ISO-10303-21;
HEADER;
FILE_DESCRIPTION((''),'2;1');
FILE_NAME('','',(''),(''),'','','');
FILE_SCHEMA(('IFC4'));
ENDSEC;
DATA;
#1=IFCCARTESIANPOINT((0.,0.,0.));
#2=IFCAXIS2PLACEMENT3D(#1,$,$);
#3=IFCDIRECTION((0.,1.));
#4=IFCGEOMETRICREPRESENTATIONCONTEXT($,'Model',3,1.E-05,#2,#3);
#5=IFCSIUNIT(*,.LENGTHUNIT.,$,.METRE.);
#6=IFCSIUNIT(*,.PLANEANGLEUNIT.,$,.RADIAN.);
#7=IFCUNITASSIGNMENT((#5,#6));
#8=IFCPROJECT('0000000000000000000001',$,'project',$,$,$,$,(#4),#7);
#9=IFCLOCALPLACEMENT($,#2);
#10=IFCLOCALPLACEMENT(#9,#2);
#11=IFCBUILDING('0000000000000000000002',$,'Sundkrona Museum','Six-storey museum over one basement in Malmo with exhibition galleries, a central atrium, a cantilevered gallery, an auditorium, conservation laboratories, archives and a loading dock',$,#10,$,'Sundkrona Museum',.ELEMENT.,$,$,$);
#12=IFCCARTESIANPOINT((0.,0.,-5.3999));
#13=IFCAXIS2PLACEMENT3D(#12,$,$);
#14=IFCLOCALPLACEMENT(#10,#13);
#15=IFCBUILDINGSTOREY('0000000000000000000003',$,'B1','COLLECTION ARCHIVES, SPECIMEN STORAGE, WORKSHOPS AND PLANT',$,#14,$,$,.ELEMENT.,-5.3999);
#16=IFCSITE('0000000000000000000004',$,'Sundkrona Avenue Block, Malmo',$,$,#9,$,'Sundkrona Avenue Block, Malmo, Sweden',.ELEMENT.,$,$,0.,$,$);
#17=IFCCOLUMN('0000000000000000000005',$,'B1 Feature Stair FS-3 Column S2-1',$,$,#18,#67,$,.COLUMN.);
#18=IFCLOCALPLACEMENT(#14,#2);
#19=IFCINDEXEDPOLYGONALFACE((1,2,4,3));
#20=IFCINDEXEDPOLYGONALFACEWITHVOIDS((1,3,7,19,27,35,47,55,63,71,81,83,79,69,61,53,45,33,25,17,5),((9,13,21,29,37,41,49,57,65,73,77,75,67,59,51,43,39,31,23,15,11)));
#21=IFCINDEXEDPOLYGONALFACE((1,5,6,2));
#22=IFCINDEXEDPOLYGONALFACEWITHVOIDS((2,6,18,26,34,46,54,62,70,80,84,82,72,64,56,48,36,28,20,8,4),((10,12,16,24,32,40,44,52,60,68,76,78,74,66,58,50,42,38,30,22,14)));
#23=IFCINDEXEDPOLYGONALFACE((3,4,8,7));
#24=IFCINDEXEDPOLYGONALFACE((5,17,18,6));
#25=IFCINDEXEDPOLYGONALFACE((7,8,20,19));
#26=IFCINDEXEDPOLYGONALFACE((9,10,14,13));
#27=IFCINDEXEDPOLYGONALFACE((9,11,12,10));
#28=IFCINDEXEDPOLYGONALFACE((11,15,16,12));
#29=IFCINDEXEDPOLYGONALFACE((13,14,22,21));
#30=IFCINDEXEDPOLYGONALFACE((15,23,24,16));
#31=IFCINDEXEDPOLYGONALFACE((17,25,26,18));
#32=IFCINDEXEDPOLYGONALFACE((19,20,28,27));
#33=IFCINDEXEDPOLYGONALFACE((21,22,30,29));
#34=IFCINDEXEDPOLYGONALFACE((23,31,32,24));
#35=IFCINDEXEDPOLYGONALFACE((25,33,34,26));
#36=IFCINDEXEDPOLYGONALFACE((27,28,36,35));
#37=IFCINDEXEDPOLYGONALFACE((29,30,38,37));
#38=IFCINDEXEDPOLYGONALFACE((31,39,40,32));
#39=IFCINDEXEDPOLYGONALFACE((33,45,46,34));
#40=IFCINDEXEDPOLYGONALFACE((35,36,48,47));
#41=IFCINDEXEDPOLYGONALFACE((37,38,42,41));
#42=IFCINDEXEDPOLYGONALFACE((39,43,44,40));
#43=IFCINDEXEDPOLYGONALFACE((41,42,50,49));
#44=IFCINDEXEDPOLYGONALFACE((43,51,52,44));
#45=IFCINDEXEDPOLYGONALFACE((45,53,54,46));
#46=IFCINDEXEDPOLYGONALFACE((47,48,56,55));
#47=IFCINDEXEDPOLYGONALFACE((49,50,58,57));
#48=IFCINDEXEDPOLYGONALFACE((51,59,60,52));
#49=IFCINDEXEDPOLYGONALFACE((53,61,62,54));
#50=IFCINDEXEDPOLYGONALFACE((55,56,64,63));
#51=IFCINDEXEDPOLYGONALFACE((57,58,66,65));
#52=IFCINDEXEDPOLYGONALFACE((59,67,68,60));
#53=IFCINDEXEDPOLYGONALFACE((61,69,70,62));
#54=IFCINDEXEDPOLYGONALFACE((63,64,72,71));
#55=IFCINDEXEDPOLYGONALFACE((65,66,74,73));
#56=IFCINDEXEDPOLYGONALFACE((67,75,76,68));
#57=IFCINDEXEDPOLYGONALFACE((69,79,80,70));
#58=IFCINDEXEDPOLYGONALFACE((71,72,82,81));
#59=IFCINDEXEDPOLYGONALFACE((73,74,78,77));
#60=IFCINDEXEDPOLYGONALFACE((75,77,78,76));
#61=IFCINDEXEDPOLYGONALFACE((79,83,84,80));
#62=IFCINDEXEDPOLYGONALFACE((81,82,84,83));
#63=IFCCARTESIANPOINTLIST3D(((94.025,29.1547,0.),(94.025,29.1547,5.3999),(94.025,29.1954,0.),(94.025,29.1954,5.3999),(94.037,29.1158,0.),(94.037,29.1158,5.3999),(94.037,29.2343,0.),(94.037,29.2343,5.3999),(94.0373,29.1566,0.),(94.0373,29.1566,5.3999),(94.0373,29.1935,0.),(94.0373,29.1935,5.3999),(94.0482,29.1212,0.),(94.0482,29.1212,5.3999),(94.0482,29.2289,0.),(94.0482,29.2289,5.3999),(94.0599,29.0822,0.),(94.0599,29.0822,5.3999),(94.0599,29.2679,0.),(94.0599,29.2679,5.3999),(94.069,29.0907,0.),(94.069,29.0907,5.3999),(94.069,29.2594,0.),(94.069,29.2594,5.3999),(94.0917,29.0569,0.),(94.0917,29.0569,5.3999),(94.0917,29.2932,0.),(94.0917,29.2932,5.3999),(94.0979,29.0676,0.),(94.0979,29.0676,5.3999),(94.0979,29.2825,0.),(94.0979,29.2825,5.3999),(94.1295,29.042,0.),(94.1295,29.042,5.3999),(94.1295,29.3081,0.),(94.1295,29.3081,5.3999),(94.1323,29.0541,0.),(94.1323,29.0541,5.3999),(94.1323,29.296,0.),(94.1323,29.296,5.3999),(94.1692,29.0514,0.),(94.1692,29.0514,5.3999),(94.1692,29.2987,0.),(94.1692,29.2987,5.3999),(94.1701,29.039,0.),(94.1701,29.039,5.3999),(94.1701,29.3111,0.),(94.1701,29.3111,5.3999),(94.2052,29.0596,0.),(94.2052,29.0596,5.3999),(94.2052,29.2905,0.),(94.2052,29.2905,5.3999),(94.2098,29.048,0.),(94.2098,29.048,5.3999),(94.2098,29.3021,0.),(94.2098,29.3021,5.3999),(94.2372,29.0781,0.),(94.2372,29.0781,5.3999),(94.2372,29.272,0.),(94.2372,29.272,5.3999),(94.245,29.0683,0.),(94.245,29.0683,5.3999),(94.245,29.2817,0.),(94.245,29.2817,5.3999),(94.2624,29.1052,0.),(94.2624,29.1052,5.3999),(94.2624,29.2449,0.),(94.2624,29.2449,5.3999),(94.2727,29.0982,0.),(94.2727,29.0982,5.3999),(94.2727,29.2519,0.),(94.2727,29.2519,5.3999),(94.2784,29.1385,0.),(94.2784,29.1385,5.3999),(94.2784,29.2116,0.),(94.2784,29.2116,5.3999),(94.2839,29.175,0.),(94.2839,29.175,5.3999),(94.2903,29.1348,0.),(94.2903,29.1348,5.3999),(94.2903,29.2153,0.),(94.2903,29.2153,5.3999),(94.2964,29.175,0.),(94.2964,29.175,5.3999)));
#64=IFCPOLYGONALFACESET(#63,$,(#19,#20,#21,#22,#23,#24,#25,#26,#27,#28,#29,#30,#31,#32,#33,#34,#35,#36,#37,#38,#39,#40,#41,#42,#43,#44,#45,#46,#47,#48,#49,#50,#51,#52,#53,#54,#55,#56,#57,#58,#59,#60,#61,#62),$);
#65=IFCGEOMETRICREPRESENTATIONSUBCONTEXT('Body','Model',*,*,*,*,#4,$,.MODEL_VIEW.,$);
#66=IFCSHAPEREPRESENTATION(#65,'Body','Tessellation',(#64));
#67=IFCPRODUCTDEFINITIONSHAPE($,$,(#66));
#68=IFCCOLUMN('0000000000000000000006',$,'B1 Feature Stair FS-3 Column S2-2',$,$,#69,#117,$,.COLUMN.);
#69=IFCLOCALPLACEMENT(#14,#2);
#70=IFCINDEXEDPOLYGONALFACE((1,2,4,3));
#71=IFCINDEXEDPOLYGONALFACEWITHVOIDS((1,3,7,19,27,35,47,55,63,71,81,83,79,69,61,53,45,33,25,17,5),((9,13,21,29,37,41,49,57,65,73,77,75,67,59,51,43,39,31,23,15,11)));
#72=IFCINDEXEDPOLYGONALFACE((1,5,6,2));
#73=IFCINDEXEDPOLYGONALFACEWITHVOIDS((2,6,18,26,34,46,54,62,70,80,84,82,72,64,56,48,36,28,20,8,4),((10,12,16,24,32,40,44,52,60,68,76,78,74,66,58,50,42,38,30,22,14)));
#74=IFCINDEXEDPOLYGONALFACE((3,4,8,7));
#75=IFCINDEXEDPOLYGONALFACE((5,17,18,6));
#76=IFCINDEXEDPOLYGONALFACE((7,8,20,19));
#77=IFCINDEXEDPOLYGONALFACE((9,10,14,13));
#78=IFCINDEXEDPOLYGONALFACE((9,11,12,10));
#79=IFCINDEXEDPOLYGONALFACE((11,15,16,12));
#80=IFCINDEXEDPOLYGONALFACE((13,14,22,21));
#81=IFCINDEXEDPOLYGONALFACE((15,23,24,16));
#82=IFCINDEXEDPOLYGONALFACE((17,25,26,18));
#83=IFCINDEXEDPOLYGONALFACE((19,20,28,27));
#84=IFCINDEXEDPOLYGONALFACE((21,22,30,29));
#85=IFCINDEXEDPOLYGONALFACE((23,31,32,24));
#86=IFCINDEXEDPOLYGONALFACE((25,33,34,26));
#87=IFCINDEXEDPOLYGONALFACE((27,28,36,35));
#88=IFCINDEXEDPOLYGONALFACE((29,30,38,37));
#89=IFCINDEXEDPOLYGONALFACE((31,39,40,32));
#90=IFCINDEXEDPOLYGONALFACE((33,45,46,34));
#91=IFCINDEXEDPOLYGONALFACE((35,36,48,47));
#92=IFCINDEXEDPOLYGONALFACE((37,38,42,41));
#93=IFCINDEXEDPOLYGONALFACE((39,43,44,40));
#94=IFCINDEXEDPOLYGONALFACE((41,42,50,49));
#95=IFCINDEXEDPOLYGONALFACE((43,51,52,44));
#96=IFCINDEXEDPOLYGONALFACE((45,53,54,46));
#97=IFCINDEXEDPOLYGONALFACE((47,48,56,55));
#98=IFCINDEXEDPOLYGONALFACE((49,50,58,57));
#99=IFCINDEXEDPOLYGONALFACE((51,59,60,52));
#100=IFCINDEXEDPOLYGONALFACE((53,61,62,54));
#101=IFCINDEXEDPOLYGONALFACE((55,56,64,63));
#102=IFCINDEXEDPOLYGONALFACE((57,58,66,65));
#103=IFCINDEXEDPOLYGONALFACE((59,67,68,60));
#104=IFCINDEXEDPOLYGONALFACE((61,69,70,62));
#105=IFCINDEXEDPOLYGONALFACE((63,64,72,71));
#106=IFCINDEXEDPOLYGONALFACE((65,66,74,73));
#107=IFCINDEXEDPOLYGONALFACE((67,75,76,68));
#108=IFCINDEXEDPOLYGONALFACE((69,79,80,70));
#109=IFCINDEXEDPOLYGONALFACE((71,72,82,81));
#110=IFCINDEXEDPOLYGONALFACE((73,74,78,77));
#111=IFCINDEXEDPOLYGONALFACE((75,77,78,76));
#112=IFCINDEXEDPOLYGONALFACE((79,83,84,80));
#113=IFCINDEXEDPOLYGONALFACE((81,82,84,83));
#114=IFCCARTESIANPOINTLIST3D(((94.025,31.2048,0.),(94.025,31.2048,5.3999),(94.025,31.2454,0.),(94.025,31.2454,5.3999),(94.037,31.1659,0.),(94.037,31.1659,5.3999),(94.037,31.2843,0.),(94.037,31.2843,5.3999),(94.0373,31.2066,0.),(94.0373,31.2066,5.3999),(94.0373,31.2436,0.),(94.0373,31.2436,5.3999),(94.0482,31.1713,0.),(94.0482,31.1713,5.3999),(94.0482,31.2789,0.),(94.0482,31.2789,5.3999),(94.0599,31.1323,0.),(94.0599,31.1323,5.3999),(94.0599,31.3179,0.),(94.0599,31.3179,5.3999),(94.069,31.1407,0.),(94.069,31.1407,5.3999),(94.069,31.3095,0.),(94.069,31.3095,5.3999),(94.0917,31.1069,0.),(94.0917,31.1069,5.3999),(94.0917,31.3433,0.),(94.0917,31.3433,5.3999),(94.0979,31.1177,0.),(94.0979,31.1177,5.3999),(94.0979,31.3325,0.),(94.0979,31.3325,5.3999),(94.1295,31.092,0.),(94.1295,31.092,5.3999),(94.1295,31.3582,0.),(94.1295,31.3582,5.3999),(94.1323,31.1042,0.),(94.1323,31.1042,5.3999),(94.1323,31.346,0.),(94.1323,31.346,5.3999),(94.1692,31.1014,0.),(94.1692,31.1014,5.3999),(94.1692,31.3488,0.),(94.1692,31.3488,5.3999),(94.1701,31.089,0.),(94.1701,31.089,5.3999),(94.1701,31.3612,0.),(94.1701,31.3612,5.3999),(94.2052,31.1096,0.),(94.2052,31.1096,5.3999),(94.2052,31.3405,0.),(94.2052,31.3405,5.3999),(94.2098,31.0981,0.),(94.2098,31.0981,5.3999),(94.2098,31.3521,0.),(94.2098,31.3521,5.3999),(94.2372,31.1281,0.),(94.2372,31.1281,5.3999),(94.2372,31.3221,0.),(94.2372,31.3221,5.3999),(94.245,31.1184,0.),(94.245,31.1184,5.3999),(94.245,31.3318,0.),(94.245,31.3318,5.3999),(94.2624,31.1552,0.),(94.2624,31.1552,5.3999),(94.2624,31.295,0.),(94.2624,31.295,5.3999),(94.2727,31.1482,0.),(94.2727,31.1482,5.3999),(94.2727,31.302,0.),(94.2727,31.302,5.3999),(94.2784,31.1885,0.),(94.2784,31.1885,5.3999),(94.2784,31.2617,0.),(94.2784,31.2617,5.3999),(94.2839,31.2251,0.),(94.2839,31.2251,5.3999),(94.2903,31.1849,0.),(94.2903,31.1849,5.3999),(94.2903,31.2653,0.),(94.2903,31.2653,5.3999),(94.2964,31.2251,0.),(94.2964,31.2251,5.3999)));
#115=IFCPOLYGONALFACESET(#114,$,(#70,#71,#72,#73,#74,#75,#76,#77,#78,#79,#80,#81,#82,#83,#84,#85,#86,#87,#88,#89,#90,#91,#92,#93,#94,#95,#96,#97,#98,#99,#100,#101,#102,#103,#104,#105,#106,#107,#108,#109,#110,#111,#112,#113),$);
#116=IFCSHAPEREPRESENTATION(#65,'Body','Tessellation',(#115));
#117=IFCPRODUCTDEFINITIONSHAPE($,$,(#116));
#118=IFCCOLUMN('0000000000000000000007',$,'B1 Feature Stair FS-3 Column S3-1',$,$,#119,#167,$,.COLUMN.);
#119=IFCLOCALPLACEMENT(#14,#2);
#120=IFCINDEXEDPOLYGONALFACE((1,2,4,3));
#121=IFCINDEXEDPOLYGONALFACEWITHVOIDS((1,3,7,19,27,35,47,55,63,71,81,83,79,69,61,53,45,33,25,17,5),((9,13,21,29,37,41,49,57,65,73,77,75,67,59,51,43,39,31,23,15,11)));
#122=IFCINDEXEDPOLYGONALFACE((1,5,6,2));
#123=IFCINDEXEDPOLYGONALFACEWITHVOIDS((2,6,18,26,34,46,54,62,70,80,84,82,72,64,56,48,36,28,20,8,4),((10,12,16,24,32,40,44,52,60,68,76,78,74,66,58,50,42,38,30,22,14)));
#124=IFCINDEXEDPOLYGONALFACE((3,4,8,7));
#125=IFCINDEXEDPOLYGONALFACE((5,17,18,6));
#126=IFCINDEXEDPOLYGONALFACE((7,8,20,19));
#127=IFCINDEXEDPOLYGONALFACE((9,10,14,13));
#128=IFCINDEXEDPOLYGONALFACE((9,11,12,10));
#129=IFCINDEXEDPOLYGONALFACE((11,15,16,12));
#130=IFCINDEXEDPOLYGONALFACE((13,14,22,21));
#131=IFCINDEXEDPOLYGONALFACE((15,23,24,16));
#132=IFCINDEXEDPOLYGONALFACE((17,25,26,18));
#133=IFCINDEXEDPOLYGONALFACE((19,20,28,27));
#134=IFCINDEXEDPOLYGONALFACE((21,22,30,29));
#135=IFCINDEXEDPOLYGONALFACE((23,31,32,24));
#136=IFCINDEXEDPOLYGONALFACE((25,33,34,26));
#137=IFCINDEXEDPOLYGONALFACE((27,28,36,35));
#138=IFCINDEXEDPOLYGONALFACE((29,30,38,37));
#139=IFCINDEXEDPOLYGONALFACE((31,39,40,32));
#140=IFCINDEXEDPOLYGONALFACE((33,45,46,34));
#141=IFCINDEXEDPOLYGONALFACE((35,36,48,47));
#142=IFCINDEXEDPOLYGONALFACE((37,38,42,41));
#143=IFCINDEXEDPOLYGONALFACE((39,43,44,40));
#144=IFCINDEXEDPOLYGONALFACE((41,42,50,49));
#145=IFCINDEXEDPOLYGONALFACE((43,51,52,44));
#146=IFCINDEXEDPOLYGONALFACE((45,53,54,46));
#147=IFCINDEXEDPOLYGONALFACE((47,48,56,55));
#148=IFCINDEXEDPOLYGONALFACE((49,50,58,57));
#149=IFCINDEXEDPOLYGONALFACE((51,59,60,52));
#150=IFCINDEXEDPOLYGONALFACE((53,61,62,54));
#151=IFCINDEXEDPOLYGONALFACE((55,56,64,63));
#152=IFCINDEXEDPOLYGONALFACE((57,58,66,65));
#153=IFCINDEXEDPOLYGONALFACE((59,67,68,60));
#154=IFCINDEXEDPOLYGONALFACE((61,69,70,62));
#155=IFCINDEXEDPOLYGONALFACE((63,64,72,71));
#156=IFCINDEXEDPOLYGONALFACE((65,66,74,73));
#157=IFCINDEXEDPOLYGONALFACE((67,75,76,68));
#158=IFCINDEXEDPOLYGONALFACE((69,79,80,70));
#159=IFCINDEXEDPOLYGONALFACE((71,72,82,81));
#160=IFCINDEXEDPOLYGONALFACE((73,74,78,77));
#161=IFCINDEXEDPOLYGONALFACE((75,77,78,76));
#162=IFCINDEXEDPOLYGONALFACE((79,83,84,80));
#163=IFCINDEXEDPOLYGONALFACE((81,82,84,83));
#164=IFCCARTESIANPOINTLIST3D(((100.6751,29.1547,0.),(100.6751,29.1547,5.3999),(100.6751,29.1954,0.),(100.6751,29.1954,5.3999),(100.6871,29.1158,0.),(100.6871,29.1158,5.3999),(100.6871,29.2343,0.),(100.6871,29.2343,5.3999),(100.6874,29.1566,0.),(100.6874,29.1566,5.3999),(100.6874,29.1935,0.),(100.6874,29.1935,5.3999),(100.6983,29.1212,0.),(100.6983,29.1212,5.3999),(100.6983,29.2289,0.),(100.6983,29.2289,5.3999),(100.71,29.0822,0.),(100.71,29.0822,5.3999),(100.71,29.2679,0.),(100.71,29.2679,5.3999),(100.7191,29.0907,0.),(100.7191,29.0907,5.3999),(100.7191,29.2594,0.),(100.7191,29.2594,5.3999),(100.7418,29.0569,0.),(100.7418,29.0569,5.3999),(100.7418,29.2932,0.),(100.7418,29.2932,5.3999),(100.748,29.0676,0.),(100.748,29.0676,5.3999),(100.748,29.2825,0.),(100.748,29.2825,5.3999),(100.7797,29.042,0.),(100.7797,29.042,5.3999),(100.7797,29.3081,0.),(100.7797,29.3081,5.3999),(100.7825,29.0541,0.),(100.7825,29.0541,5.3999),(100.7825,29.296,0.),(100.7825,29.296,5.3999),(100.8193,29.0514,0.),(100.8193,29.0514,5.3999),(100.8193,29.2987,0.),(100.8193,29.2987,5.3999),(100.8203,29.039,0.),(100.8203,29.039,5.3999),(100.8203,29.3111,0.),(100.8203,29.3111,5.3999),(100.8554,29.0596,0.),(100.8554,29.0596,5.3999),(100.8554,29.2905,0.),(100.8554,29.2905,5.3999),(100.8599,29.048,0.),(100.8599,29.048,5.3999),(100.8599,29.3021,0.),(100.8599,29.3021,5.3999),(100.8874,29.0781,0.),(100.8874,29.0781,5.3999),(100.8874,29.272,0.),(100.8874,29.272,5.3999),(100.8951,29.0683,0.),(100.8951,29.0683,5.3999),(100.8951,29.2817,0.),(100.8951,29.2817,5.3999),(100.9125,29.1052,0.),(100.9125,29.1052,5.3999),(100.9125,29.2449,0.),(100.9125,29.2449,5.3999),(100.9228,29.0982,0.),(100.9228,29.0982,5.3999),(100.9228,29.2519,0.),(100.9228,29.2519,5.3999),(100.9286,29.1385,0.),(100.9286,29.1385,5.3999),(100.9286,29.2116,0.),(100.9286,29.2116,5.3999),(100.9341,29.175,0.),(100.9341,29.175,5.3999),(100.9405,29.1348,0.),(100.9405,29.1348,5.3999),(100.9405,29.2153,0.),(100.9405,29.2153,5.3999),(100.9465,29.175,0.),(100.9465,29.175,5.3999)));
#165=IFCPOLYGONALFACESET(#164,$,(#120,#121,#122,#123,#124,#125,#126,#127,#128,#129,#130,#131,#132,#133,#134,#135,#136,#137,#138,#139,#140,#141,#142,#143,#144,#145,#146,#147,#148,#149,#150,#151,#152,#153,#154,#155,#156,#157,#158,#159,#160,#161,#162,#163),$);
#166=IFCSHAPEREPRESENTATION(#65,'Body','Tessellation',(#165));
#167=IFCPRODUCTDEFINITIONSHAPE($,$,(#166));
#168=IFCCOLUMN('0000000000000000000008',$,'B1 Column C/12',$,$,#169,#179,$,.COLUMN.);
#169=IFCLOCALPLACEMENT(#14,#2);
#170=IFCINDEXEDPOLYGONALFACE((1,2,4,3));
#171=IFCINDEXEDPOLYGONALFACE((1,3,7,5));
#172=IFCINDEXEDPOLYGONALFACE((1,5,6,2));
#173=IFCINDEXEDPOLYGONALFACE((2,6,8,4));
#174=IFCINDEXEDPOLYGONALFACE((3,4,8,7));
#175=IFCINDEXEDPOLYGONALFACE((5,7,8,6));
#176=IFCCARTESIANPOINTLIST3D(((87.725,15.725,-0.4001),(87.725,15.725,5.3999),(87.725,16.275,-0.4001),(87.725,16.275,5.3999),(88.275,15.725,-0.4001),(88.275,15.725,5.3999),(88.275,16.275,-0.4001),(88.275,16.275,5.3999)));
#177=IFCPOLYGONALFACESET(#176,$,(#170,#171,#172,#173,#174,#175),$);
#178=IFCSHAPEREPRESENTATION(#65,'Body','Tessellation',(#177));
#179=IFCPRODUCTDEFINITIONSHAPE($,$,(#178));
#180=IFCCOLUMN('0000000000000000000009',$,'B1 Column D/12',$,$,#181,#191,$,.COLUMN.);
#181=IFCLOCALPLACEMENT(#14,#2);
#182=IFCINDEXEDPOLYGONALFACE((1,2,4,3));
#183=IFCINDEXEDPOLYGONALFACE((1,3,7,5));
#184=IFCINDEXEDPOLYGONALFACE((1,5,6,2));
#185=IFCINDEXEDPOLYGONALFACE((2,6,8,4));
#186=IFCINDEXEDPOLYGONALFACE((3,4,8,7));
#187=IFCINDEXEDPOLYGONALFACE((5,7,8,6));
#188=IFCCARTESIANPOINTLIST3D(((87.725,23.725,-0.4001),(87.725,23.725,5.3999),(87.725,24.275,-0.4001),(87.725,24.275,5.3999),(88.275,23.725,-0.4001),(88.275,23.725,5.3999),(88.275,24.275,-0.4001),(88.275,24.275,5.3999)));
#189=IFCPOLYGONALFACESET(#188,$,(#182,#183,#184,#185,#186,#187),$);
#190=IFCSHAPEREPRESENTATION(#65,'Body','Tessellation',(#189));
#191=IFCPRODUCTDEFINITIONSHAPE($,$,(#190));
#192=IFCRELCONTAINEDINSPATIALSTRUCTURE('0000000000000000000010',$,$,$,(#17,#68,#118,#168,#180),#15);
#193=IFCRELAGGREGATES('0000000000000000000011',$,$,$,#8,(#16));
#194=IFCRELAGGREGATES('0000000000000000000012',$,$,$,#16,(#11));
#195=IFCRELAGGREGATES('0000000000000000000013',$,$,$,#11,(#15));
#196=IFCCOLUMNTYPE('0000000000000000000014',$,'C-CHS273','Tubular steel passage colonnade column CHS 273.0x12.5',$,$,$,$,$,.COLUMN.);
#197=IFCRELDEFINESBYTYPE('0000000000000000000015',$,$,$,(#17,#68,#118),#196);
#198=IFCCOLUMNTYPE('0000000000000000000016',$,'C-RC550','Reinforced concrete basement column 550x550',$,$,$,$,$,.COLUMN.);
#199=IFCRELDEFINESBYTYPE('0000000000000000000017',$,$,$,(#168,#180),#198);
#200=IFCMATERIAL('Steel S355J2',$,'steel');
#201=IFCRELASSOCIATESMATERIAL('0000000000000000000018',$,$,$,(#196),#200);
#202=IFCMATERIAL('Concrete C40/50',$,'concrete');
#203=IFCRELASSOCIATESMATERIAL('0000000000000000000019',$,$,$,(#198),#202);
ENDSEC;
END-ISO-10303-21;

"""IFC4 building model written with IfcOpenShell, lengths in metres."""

from ifc_helpers import new_model, si_unit, direction, frame, origin, origin_2d, place, context, subcontext, project, spatial, rectangle, hollow_circle, extrude, material, material_profile, profile_set, type_object, element, save


model = new_model("IFC4")

# Units and contexts
model_context = context("Model", 3, precision=1e-05, world=origin(), true_north=direction((0.0, 1.0)))
body_context = subcontext(model_context, "Body", "Model", "MODEL_VIEW")
ifc_project = project(units=[si_unit("LENGTHUNIT", "METRE"), si_unit("PLANEANGLEUNIT", "RADIAN")], contexts=[model_context])

# Site, building, storey
site_placement = place(None, origin())
site = spatial("IfcSite", under=ifc_project, at=site_placement, Name="Sundkrona Avenue Block, Malmo", LongName="Sundkrona Avenue Block, Malmo, Sweden", CompositionType="ELEMENT", RefElevation=0.0)
building_placement = place(site_placement, origin())
building = spatial("IfcBuilding", under=site, at=building_placement, Name="Sundkrona Museum", Description="Six-storey museum over one basement in Malmo with exhibition galleries, a central atrium, a cantilevered gallery, an auditorium, conservation laboratories, archives and a loading dock", LongName="Sundkrona Museum", CompositionType="ELEMENT")
storey_placement = place(building_placement, frame((0.0, 0.0, -5.3999)))
storey = spatial("IfcBuildingStorey", under=building, at=storey_placement, Name="B1", Description="COLLECTION ARCHIVES, SPECIMEN STORAGE, WORKSHOPS AND PLANT", CompositionType="ELEMENT", Elevation=-5.3999)

# Shared definitions
ifc_material_1 = material(Name="Concrete C40/50", Category="concrete")

# Columns
ifc_material_2 = material(Name="Steel S355J2", Category="steel")
ifc_material_profile_1 = material_profile(ifc_material_2, hollow_circle(Radius=0.1365, WallThickness=0.0125, at=origin_2d()), Name="CHS 273.0x12.5")
ifc_profile_set_1 = profile_set([ifc_material_profile_1], Name="Steel S355J2")
column_type_1 = type_object("IfcColumnType", Name="C-CHS273", Description="Tubular steel passage colonnade column CHS 273.0x12.5", PredefinedType="COLUMN", material=ifc_profile_set_1)
for number, where, z_axis, x_axis, name in (
    (1, (94.1599, 29.175, 0.0), (0.0, 0.0, 1.0), (1.0, 0.0, 0.0), "B1 Feature Stair FS-3 Column S2-1"),
    (2, (94.1599, 31.2251, 0.0), (0.0, 0.0, 1.0), (1.0, 0.0, 0.0), "B1 Feature Stair FS-3 Column S2-2"),
    (3, (100.8101, 29.175, 0.0), (0.0, 0.0, 1.0), (1.0, 0.0, 0.0), "B1 Feature Stair FS-3 Column S3-1"),
):
    element("IfcColumn", number, at=place(storey_placement, frame(where, z_axis=z_axis, x_axis=x_axis)), inside=storey, type_object=column_type_1, Name=name, PredefinedType="COLUMN", context=body_context, shape_type="SweptSolid", body=[
        extrude(hollow_circle(Radius=0.1365, WallThickness=0.0125, at=origin_2d()), origin(), (0.0, 0.0, 1.0), 5.3999),
    ])
ifc_material_profile_2 = material_profile(ifc_material_1, rectangle(XDim=0.55, YDim=0.55, at=origin_2d()), Name="RC 550x550")
ifc_profile_set_2 = profile_set([ifc_material_profile_2], Name="Concrete C40/50")
column_type_2 = type_object("IfcColumnType", Name="C-RC550", Description="Reinforced concrete basement column 550x550", PredefinedType="COLUMN", material=ifc_profile_set_2)
for number, where, z_axis, x_axis, name in (
    (4, (88.0, 16.0, -0.4001), (0.0, 0.0, 1.0), (1.0, 0.0, 0.0), "B1 Column C/12"),
    (5, (88.0, 24.0, -0.4001), (0.0, 0.0, 1.0), (1.0, 0.0, 0.0), "B1 Column D/12"),
):
    element("IfcColumn", number, at=place(storey_placement, frame(where, z_axis=z_axis, x_axis=x_axis)), inside=storey, type_object=column_type_2, Name=name, PredefinedType="COLUMN", context=body_context, shape_type="SweptSolid", body=[
        extrude(rectangle(XDim=0.55, YDim=0.55, at=origin_2d()), origin(), (0.0, 0.0, 1.0), 5.8),
    ])

save(model, "model.ifc")
